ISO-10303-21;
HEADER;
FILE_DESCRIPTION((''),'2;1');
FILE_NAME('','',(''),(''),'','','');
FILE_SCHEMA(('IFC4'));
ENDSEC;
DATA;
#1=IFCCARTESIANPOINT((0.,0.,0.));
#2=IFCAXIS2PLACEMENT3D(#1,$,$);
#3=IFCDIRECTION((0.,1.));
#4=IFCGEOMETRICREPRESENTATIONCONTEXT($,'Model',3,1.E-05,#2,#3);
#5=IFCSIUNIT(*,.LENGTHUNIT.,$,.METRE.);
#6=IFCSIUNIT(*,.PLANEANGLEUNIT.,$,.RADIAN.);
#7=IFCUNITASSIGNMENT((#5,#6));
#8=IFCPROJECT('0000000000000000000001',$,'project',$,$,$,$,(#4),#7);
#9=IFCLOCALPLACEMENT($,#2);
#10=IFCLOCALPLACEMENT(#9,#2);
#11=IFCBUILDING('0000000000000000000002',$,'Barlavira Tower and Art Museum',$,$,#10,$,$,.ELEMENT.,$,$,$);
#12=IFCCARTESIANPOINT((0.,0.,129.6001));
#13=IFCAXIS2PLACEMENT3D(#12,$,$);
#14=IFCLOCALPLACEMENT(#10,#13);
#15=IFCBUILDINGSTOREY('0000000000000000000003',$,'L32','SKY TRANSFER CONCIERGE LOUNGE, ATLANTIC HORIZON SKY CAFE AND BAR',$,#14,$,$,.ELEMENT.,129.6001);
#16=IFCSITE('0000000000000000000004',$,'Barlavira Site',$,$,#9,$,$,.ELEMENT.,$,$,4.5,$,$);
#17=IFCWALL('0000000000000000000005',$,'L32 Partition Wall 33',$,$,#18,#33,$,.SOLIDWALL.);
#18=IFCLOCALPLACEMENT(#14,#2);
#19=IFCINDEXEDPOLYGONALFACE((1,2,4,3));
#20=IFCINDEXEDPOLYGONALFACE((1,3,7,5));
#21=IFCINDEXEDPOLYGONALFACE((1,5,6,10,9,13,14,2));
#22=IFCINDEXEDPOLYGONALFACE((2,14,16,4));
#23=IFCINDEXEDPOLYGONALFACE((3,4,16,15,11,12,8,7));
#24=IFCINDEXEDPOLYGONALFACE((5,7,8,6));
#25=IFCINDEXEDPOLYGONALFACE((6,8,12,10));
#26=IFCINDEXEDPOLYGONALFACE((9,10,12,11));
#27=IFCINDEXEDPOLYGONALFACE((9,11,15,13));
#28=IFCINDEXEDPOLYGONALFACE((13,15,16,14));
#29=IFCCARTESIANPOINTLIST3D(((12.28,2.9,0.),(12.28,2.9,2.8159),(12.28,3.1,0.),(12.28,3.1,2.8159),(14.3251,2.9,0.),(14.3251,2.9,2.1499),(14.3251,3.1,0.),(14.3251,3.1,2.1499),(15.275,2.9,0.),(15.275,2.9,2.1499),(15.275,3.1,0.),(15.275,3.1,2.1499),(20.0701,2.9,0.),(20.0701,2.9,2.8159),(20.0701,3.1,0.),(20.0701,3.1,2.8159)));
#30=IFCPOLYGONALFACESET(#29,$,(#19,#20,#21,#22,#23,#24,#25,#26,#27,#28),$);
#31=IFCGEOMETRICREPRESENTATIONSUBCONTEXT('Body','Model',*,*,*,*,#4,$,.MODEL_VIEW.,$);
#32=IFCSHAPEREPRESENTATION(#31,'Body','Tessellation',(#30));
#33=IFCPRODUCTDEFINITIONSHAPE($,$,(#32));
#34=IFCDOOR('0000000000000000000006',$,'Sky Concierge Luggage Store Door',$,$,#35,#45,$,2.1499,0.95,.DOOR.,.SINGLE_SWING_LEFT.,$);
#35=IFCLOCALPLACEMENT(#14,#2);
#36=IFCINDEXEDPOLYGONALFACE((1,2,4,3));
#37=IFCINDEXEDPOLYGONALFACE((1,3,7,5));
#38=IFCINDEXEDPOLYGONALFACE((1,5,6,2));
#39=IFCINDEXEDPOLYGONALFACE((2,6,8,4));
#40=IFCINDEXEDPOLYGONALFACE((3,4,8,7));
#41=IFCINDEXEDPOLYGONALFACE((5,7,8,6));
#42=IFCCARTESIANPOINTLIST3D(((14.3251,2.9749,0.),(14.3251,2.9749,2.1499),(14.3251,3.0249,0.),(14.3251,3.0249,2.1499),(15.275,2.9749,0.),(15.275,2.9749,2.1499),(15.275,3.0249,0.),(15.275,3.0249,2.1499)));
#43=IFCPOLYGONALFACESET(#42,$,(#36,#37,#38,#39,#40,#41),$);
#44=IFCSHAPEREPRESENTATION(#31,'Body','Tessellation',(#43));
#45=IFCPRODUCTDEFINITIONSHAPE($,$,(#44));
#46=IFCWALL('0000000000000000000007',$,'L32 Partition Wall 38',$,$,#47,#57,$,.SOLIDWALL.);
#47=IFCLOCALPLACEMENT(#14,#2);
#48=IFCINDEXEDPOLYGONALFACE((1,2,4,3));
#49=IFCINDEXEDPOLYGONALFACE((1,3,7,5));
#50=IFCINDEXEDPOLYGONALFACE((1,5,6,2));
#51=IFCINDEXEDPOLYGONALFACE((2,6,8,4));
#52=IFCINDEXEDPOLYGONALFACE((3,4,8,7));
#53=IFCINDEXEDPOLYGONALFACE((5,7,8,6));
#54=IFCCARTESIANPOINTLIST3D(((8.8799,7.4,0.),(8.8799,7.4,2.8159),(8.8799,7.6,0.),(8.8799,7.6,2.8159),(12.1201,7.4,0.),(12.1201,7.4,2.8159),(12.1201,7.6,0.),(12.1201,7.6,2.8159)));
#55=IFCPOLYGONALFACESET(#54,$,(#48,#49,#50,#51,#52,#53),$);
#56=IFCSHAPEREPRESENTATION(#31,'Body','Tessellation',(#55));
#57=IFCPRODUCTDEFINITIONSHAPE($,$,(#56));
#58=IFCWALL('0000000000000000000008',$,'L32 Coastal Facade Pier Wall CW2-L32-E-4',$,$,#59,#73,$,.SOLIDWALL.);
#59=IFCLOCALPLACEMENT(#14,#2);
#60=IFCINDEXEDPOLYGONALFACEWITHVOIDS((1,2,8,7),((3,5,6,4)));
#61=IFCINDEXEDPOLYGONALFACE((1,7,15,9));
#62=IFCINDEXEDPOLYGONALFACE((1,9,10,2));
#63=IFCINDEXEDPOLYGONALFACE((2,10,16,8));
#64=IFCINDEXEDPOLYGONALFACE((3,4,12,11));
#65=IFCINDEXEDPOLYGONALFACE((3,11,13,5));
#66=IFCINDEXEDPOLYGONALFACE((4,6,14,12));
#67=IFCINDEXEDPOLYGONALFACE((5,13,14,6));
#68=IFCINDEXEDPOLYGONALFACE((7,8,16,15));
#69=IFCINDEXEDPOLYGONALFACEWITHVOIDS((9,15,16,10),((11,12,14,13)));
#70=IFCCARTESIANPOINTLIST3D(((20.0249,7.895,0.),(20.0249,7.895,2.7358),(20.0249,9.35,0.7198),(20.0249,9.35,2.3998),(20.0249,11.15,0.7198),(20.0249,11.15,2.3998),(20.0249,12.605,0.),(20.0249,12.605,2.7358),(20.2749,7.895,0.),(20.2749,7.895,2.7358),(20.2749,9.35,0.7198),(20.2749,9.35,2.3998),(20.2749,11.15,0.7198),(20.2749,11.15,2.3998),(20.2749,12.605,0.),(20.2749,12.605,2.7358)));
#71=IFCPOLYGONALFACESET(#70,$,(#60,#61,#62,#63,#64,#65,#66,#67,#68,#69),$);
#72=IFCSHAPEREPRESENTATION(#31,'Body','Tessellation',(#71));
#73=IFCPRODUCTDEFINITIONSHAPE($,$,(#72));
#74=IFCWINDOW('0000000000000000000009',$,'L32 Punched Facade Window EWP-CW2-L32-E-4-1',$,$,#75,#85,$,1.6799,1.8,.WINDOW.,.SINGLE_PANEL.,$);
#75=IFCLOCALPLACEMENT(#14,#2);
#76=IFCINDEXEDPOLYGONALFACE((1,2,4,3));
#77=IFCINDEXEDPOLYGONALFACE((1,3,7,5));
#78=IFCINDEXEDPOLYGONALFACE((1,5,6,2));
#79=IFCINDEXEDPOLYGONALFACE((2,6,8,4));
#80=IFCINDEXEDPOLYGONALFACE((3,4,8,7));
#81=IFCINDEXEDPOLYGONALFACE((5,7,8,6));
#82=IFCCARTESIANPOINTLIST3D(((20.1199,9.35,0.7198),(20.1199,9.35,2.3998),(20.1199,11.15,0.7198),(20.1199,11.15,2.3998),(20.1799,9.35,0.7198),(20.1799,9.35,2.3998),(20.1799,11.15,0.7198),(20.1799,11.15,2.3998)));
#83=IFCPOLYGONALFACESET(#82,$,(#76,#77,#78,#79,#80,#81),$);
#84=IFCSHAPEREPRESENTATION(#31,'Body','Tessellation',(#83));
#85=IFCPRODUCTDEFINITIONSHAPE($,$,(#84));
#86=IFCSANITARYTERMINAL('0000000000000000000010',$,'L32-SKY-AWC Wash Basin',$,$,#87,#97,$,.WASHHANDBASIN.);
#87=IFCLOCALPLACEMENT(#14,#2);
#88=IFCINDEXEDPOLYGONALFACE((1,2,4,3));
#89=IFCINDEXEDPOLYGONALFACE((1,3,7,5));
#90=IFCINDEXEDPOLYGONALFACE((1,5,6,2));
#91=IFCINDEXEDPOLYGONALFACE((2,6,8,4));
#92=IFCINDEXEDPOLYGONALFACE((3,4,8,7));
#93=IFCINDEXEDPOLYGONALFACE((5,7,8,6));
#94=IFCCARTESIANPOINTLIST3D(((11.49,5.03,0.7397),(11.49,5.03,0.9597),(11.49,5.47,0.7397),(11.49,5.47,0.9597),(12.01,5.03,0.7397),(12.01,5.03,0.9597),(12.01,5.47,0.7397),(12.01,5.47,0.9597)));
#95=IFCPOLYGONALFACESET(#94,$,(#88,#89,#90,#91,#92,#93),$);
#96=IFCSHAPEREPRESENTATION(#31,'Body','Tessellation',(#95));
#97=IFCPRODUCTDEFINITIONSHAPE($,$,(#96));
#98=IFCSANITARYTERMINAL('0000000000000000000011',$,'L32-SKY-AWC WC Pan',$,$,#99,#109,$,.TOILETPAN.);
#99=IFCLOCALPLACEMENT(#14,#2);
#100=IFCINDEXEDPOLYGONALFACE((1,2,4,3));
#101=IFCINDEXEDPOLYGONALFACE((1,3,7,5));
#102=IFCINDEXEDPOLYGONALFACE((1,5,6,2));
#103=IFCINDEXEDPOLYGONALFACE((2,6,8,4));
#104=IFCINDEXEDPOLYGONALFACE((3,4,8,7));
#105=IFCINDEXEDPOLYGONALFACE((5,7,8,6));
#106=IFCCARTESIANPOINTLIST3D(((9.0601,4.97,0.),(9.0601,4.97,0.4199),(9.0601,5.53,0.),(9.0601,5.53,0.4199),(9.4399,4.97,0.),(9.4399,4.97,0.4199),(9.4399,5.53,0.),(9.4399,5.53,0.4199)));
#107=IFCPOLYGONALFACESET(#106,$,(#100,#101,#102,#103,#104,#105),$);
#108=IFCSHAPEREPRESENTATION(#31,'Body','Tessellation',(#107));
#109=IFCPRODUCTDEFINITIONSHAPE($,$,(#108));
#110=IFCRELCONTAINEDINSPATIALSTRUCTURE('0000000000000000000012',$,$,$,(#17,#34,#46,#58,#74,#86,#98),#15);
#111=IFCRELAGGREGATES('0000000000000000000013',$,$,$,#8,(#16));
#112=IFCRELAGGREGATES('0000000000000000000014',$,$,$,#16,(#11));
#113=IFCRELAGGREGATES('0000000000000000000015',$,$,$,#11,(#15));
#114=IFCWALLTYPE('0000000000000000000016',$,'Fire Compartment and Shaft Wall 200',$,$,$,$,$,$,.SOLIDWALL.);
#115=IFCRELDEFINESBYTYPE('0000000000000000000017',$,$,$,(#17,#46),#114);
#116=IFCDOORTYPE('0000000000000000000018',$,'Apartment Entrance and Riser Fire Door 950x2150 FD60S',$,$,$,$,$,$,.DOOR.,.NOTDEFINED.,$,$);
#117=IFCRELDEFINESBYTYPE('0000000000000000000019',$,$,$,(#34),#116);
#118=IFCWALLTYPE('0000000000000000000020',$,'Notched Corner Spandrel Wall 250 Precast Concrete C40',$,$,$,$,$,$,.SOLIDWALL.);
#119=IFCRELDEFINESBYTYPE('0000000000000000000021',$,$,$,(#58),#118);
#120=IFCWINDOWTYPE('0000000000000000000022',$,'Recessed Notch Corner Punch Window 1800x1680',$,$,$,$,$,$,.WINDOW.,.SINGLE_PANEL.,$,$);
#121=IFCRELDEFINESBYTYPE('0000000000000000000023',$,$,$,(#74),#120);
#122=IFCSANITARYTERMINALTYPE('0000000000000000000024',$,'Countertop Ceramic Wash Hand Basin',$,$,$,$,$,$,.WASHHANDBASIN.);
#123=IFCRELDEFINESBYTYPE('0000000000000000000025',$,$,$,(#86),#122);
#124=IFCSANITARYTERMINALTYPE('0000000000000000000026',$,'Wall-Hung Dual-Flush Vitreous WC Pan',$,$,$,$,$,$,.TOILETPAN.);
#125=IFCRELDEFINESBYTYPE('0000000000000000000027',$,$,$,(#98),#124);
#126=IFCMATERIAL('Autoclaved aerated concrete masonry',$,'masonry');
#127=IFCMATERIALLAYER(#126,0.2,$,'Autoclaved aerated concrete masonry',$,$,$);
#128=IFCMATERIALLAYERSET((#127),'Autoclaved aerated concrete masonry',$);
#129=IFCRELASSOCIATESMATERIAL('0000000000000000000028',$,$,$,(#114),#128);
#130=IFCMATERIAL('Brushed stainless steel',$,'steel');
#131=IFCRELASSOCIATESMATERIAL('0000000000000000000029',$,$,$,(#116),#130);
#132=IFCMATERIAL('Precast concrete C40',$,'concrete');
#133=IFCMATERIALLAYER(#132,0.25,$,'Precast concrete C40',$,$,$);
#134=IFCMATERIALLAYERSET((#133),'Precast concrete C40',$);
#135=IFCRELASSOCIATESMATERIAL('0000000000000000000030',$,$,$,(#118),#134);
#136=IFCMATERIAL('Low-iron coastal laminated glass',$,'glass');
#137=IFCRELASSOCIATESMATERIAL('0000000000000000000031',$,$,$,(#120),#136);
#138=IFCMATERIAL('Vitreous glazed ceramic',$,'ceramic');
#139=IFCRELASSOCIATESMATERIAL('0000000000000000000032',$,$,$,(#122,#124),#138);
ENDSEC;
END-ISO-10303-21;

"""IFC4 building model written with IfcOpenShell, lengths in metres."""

from ifc_helpers import new_model, si_unit, direction, frame, frame_2d, origin, origin_2d, place, context, subcontext, project, spatial, rectangle, extrude, material, layer, layer_set, type_object, element, fill, save


model = new_model("IFC4")

# Units and contexts
model_context = context("Model", 3, precision=1e-05, world=origin(), true_north=direction((0.0, 1.0)))
body_context = subcontext(model_context, "Body", "Model", "MODEL_VIEW")
ifc_project = project(units=[si_unit("LENGTHUNIT", "METRE"), si_unit("PLANEANGLEUNIT", "RADIAN")], contexts=[model_context])

# Site, building, storey
site_placement = place(None, origin())
site = spatial("IfcSite", under=ifc_project, at=site_placement, Name="Barlavira Site", CompositionType="ELEMENT", RefElevation=4.5)
building_placement = place(site_placement, origin())
building = spatial("IfcBuilding", under=site, at=building_placement, Name="Barlavira Tower and Art Museum", CompositionType="ELEMENT")
storey_placement = place(building_placement, frame((0.0, 0.0, 129.6001)))
storey = spatial("IfcBuildingStorey", under=building, at=storey_placement, Name="L32", Description="SKY TRANSFER CONCIERGE LOUNGE, ATLANTIC HORIZON SKY CAFE AND BAR", CompositionType="ELEMENT", Elevation=129.6001)

# Shared definitions
ifc_material_1 = material(Name="Low-iron coastal laminated glass", Category="glass")

# Shared definitions
ifc_material_2 = material(Name="Autoclaved aerated concrete masonry", Category="masonry")
ifc_layer_1 = layer(ifc_material_2, 0.2, Name="Autoclaved aerated concrete masonry")
ifc_layer_set_1 = layer_set([ifc_layer_1], Name="Autoclaved aerated concrete masonry")
wall_type_1 = type_object("IfcWallType", Name="Fire Compartment and Shaft Wall 200", PredefinedType="SOLIDWALL", material=ifc_layer_set_1)

# Wall, opening, door
wall_1_placement = place(storey_placement, frame((12.28, 3.0, 0.0), z_axis=(0.0, 0.0, 1.0), x_axis=(1.0, 0.0, 0.0)))
wall_1 = element("IfcWall", 1, at=wall_1_placement, inside=storey, type_object=wall_type_1, Name="L32 Partition Wall 33", PredefinedType="SOLIDWALL", context=body_context, shape_type="SweptSolid", body=[
    extrude(rectangle(XDim=7.79, YDim=0.2, at=frame_2d((3.895, 0.0))), origin(), (0.0, 0.0, 1.0), 2.8159),
])
opening_1_placement = place(wall_1_placement, frame((2.0449, 0.0, 0.0)))
opening_1 = element("IfcOpeningElement", 2, at=opening_1_placement, cuts=wall_1, PredefinedType="OPENING", context=body_context, shape_type="SweptSolid", body=[
    extrude(rectangle(XDim=0.95, YDim=2.1499, at=frame_2d((0.4751, 1.075))), frame((0.0, 0.1099, 0.0), z_axis=(0.0, -1.0, 0.0), x_axis=(1.0, 0.0, 0.0)), (0.0, 0.0, 1.0), 0.22),
])
ifc_material_3 = material(Name="Brushed stainless steel", Category="steel")
door_type = type_object("IfcDoorType", Name="Apartment Entrance and Riser Fire Door 950x2150 FD60S", OperationType="NOTDEFINED", PredefinedType="DOOR", material=ifc_material_3)
door_placement = place(opening_1_placement, origin())
door = element("IfcDoor", 3, at=door_placement, inside=storey, type_object=door_type, Name="Sky Concierge Luggage Store Door", OperationType="SINGLE_SWING_LEFT", OverallHeight=2.1499, OverallWidth=0.95, PredefinedType="DOOR", context=body_context, shape_type="SweptSolid", body=[
    extrude(rectangle(XDim=0.95, YDim=2.1499, at=frame_2d((0.4751, 1.075))), frame((0.0, 0.0249, 0.0), z_axis=(0.0, -1.0, 0.0), x_axis=(1.0, 0.0, 0.0)), (0.0, 0.0, 1.0), 0.05),
])
fill(opening_1, door)

# Wall
wall_2_placement = place(storey_placement, frame((8.8799, 7.5, 0.0), z_axis=(0.0, 0.0, 1.0), x_axis=(1.0, 0.0, 0.0)))
element("IfcWall", 4, at=wall_2_placement, inside=storey, type_object=wall_type_1, Name="L32 Partition Wall 38", PredefinedType="SOLIDWALL", context=body_context, shape_type="SweptSolid", body=[
    extrude(rectangle(XDim=3.2402, YDim=0.2, at=frame_2d((1.6201, 0.0))), origin(), (0.0, 0.0, 1.0), 2.8159),
])

# Wall, opening, window
ifc_material_4 = material(Name="Precast concrete C40", Category="concrete")
ifc_layer_2 = layer(ifc_material_4, 0.25, Name="Precast concrete C40")
ifc_layer_set_2 = layer_set([ifc_layer_2], Name="Precast concrete C40")
wall_type_2 = type_object("IfcWallType", Name="Notched Corner Spandrel Wall 250 Precast Concrete C40", PredefinedType="SOLIDWALL", material=ifc_layer_set_2)
wall_3_placement = place(storey_placement, frame((20.1499, 7.895, 0.0), z_axis=(0.0, 0.0, 1.0), x_axis=(0.0, 1.0, 0.0)))
wall_3 = element("IfcWall", 5, at=wall_3_placement, inside=storey, type_object=wall_type_2, Name="L32 Coastal Facade Pier Wall CW2-L32-E-4", PredefinedType="SOLIDWALL", context=body_context, shape_type="SweptSolid", body=[
    extrude(rectangle(XDim=4.71, YDim=0.25, at=frame_2d((2.355, 0.0))), origin(), (0.0, 0.0, 1.0), 2.7358),
])
opening_2_placement = place(wall_3_placement, frame((1.4551, 0.0, 0.72)))
opening_2 = element("IfcOpeningElement", 6, at=opening_2_placement, cuts=wall_3, PredefinedType="OPENING", context=body_context, shape_type="SweptSolid", body=[
    extrude(rectangle(XDim=1.8, YDim=1.6799, at=frame_2d((0.8999, 0.8398))), frame((0.0, 0.135, 0.0), z_axis=(0.0, -1.0, 0.0), x_axis=(1.0, 0.0, 0.0)), (0.0, 0.0, 1.0), 0.27),
])
window_type = type_object("IfcWindowType", Name="Recessed Notch Corner Punch Window 1800x1680", PartitioningType="SINGLE_PANEL", PredefinedType="WINDOW", material=ifc_material_1)
window_placement = place(opening_2_placement, origin())
window = element("IfcWindow", 7, at=window_placement, inside=storey, type_object=window_type, Name="L32 Punched Facade Window EWP-CW2-L32-E-4-1", OverallHeight=1.6799, OverallWidth=1.8, PartitioningType="SINGLE_PANEL", PredefinedType="WINDOW", context=body_context, shape_type="SweptSolid", body=[
    extrude(rectangle(XDim=1.8, YDim=1.6799, at=frame_2d((0.8999, 0.8398))), frame((0.0, 0.03, 0.0), z_axis=(0.0, -1.0, 0.0), x_axis=(1.0, 0.0, 0.0)), (0.0, 0.0, 1.0), 0.0601),
])
fill(opening_2, window)

# Sanitary terminals
ifc_material_5 = material(Name="Vitreous glazed ceramic", Category="ceramic")
sanitary_terminal_type_1 = type_object("IfcSanitaryTerminalType", Name="Countertop Ceramic Wash Hand Basin", PredefinedType="WASHHANDBASIN", material=ifc_material_5)
sanitary_terminal_1_placement = place(storey_placement, frame((11.75, 5.25, 0.7397), z_axis=(0.0, 0.0, 1.0), x_axis=(1.0, 0.0, 0.0)))
element("IfcSanitaryTerminal", 8, at=sanitary_terminal_1_placement, inside=storey, type_object=sanitary_terminal_type_1, Name="L32-SKY-AWC Wash Basin", PredefinedType="WASHHANDBASIN", context=body_context, shape_type="SweptSolid", body=[
    extrude(rectangle(XDim=0.52, YDim=0.4399, at=origin_2d()), origin(), (0.0, 0.0, 1.0), 0.22),
])
sanitary_terminal_type_2 = type_object("IfcSanitaryTerminalType", Name="Wall-Hung Dual-Flush Vitreous WC Pan", PredefinedType="TOILETPAN", material=ifc_material_5)
sanitary_terminal_2_placement = place(storey_placement, frame((9.25, 5.25, 0.0), z_axis=(0.0, 0.0, 1.0), x_axis=(1.0, 0.0, 0.0)))
element("IfcSanitaryTerminal", 9, at=sanitary_terminal_2_placement, inside=storey, type_object=sanitary_terminal_type_2, Name="L32-SKY-AWC WC Pan", PredefinedType="TOILETPAN", context=body_context, shape_type="SweptSolid", body=[
    extrude(rectangle(XDim=0.3799, YDim=0.5601, at=origin_2d()), origin(), (0.0, 0.0, 1.0), 0.4199),
])

save(model, "model.ifc")
